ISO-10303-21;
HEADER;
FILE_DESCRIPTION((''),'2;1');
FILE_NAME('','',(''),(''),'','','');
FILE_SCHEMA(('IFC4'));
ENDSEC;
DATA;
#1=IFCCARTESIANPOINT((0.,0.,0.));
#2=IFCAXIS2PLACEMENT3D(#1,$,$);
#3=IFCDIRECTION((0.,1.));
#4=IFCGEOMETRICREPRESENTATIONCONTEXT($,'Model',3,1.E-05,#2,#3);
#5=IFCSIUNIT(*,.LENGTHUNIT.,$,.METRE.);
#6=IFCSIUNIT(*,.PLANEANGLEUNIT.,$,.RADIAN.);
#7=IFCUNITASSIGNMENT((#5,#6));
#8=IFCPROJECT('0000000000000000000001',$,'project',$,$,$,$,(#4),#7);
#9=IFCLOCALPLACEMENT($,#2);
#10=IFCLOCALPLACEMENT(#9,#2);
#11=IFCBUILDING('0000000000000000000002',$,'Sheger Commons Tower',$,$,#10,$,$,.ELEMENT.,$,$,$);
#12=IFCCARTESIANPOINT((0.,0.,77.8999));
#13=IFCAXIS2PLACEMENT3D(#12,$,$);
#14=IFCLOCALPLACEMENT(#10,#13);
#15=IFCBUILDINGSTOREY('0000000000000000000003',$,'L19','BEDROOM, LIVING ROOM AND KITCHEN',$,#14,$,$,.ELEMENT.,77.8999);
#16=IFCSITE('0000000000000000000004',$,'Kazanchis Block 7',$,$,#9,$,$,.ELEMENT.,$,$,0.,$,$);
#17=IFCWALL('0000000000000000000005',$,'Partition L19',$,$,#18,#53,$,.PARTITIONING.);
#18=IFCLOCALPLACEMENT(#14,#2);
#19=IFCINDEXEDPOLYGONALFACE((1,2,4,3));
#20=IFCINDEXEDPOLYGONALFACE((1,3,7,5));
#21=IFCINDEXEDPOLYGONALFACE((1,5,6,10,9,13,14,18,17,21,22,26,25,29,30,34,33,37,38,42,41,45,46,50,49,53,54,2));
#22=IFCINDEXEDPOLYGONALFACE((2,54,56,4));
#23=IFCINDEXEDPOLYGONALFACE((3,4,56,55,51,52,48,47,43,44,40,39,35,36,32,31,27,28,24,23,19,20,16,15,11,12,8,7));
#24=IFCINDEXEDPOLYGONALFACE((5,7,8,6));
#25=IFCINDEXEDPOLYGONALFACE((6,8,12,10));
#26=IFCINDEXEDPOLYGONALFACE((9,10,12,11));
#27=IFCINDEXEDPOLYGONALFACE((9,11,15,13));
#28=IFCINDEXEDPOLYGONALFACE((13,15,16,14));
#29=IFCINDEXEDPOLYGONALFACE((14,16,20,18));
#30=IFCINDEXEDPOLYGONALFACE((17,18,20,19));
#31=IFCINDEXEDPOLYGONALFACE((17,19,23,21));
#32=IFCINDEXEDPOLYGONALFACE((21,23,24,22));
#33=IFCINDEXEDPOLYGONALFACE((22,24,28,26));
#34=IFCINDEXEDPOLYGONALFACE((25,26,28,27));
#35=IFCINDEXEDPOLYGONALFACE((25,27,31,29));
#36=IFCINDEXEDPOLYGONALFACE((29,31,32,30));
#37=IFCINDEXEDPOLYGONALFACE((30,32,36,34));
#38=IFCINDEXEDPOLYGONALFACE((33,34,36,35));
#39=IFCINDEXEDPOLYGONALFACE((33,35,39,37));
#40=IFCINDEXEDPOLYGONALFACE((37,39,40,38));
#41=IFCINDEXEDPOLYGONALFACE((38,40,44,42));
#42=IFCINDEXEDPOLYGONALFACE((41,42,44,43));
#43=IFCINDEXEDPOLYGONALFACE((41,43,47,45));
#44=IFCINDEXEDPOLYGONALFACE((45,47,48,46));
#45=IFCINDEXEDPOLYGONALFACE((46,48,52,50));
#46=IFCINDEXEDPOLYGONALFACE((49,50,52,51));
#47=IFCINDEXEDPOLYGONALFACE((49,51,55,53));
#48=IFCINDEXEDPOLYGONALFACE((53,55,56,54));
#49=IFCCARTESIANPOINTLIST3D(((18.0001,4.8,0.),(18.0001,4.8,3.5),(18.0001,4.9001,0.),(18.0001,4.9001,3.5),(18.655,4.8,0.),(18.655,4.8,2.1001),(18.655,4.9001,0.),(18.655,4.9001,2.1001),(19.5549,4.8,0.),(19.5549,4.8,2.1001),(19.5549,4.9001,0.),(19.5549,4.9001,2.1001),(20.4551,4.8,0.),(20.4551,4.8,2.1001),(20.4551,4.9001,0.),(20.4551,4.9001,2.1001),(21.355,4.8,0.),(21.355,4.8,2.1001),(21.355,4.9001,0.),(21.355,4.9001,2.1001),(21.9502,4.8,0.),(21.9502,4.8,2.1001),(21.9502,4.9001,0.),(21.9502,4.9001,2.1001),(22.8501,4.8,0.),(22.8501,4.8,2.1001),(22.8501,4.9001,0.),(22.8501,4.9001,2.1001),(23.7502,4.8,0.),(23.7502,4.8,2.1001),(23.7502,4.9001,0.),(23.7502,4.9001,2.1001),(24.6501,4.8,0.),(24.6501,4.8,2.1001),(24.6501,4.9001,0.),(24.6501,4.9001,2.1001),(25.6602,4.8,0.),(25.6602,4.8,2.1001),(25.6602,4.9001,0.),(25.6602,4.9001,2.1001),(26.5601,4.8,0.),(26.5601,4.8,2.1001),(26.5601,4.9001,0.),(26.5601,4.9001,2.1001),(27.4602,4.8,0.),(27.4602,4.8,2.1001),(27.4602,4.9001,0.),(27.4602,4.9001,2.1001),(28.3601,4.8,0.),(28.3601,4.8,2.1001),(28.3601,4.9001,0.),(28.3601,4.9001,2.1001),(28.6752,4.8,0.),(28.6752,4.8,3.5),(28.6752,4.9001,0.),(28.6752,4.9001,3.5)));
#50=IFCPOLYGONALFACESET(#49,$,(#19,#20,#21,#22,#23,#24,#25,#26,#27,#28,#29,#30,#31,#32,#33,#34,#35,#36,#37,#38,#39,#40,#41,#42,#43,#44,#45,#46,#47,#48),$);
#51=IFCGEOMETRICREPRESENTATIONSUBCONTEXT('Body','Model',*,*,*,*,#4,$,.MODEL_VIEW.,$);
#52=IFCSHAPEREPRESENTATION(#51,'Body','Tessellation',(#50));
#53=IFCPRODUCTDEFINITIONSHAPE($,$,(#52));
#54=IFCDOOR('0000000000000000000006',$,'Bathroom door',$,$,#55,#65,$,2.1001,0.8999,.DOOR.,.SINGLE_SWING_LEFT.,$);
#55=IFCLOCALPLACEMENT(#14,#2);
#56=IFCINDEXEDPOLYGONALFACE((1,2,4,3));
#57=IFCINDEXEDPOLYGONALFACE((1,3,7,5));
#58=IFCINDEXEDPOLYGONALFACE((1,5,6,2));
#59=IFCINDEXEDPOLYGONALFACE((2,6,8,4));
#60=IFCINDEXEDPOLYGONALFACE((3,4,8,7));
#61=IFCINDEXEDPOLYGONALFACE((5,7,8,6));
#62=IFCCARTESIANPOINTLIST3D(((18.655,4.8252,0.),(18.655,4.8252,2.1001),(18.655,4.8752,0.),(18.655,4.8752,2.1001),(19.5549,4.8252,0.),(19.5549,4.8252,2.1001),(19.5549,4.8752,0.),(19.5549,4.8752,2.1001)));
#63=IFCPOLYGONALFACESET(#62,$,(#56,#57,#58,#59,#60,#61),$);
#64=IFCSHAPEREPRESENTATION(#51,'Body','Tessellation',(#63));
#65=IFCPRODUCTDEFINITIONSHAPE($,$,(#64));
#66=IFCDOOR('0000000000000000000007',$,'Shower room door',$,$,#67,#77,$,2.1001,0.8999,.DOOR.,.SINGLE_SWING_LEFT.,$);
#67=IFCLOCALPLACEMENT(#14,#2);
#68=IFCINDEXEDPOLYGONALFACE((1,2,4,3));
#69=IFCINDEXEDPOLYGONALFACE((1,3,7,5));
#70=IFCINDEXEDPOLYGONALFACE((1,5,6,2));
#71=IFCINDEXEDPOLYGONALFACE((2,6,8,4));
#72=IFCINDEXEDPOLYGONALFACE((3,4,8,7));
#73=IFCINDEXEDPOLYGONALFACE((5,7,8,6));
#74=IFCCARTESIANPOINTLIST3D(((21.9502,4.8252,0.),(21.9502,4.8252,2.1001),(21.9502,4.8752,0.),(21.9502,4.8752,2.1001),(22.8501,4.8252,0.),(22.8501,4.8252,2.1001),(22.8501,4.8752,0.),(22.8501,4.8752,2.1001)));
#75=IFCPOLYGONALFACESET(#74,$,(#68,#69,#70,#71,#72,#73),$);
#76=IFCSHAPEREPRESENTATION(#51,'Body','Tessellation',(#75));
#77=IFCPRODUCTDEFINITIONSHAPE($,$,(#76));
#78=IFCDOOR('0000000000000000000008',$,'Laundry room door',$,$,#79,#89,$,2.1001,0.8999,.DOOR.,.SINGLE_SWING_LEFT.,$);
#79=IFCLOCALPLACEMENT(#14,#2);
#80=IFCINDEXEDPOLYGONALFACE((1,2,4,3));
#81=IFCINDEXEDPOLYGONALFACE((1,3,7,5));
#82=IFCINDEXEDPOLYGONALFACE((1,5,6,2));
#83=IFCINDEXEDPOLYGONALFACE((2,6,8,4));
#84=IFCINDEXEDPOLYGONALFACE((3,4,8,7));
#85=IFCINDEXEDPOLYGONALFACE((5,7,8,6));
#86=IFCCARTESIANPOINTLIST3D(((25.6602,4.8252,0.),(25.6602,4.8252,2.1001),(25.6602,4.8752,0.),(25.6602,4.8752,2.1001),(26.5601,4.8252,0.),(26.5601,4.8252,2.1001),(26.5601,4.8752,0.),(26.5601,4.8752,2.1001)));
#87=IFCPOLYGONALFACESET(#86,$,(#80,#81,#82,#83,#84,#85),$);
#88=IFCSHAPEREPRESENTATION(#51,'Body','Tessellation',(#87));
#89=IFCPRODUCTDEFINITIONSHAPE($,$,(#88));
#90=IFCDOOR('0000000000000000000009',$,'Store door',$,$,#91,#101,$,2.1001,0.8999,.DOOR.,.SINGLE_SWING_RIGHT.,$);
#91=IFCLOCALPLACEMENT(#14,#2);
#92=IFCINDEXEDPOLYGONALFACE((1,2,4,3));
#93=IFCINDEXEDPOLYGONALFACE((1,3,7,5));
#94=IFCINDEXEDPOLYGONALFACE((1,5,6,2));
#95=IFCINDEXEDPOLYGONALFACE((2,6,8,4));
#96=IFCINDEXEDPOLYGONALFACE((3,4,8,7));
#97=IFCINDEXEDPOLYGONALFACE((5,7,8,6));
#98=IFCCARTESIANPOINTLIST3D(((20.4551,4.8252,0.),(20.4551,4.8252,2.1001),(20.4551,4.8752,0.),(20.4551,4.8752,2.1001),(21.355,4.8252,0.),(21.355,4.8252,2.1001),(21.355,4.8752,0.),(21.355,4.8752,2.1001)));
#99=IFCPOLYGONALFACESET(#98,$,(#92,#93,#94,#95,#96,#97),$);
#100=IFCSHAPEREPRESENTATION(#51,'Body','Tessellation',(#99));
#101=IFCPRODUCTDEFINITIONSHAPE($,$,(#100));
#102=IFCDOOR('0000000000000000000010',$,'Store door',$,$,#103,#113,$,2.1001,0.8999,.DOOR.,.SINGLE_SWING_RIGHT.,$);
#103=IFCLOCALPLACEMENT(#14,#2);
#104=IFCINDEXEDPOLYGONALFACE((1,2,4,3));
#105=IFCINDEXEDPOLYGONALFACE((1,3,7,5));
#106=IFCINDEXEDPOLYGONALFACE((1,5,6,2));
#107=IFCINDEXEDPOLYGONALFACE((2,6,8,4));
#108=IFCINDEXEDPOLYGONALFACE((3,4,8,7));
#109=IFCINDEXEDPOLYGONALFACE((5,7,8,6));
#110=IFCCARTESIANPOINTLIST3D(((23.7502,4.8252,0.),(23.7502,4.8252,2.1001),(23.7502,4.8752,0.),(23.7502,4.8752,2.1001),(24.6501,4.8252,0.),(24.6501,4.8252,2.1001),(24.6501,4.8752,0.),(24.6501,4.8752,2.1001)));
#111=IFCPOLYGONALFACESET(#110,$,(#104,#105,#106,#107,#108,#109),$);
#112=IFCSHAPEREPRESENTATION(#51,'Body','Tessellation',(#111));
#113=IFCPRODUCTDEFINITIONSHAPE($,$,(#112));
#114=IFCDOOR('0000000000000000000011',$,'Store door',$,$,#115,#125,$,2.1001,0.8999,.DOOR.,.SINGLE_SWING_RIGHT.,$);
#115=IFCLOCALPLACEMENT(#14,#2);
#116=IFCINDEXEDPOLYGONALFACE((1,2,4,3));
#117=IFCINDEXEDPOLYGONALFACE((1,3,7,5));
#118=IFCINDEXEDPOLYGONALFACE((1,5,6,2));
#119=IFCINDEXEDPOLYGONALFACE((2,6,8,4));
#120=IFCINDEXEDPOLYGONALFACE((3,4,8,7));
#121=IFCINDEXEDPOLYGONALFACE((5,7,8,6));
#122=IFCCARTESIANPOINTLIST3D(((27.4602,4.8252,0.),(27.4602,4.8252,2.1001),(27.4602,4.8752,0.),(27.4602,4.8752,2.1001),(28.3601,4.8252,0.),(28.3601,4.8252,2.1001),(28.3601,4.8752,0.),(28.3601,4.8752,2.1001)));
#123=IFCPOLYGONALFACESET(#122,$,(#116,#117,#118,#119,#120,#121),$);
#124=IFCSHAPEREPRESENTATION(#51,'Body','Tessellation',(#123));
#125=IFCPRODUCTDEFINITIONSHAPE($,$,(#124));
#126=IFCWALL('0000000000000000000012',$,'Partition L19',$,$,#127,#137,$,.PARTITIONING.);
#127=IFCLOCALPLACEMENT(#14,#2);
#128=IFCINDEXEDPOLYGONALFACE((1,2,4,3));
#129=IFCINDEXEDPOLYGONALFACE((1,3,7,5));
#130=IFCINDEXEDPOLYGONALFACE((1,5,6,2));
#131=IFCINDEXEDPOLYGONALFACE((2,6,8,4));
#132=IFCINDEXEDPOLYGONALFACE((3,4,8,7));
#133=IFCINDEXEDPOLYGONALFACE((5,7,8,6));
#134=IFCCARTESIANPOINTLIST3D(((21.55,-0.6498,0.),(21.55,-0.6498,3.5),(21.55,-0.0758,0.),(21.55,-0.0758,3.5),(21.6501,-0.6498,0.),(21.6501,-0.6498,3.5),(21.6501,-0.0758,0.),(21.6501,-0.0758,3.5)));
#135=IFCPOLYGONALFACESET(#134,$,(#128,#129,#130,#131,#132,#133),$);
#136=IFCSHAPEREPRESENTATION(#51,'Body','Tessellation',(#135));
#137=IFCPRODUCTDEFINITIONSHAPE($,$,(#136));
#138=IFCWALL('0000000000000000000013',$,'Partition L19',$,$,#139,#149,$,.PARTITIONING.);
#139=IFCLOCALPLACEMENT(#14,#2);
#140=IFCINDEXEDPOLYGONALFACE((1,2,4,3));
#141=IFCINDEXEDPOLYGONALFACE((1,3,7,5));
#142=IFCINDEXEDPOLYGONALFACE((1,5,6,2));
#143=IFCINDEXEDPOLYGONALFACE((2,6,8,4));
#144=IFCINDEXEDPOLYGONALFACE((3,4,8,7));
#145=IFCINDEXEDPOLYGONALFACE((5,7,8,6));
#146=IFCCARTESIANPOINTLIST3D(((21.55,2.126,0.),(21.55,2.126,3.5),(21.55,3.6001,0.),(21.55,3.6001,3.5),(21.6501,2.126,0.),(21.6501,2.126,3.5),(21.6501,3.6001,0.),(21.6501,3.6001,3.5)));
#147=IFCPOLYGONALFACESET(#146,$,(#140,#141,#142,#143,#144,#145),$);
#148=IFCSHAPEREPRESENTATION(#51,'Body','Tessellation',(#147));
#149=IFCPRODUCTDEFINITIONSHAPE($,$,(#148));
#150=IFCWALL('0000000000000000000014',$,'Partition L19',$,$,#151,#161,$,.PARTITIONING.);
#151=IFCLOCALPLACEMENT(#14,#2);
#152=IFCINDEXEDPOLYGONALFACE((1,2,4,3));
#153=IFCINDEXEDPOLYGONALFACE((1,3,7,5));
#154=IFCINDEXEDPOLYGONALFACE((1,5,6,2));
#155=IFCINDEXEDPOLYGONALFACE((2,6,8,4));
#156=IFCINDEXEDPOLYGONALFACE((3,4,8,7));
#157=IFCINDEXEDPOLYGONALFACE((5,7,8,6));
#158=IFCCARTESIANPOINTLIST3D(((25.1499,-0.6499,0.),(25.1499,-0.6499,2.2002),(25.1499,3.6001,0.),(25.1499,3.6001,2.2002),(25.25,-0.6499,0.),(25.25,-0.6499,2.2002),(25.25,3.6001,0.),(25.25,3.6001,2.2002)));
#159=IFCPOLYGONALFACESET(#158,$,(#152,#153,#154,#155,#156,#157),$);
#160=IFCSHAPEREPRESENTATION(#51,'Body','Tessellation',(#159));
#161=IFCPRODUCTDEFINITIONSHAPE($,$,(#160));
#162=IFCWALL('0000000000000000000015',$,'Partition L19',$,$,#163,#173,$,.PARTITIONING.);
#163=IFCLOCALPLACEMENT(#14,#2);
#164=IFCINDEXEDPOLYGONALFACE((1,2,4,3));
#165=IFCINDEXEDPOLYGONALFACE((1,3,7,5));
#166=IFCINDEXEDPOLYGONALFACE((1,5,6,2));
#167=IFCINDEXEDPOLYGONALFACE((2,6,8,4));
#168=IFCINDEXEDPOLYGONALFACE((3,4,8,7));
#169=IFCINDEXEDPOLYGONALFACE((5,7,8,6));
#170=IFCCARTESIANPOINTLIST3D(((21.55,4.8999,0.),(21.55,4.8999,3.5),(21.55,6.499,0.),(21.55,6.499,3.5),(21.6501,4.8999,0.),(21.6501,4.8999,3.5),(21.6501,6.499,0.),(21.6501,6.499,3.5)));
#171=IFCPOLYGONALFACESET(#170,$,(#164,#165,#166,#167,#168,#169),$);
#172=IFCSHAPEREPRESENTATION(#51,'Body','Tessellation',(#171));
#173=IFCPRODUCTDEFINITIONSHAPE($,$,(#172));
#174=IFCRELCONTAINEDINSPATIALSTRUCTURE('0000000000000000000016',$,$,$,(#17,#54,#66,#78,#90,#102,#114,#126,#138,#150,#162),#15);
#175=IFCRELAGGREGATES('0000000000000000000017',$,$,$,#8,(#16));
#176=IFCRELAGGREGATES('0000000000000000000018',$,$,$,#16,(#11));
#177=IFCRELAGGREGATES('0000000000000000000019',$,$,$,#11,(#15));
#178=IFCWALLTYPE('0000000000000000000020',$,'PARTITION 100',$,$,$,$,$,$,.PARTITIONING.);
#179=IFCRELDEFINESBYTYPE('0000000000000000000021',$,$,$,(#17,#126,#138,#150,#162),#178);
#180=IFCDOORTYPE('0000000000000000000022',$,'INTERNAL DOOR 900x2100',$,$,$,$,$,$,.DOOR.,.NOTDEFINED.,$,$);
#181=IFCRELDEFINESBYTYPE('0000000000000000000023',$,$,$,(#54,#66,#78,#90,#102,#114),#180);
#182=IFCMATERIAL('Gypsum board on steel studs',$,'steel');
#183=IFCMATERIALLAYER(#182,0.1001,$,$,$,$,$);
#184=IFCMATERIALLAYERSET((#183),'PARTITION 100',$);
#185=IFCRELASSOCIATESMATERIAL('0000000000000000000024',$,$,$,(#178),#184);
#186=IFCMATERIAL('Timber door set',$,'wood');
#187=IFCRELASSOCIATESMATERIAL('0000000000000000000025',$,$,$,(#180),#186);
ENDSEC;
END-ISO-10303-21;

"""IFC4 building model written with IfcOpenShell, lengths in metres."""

from ifc_helpers import new_model, si_unit, direction, frame, frame_2d, origin, place, context, subcontext, project, spatial, rectangle, extrude, material, layer, layer_set, type_object, element, fill, save


model = new_model("IFC4")

# Units and contexts
model_context = context("Model", 3, precision=1e-05, world=origin(), true_north=direction((0.0, 1.0)))
body_context = subcontext(model_context, "Body", "Model", "MODEL_VIEW")
ifc_project = project(units=[si_unit("LENGTHUNIT", "METRE"), si_unit("PLANEANGLEUNIT", "RADIAN")], contexts=[model_context])

# Site, building, storey
site_placement = place(None, origin())
site = spatial("IfcSite", under=ifc_project, at=site_placement, Name="Kazanchis Block 7", CompositionType="ELEMENT", RefElevation=0.0)
building_placement = place(site_placement, origin())
building = spatial("IfcBuilding", under=site, at=building_placement, Name="Sheger Commons Tower", CompositionType="ELEMENT")
storey_placement = place(building_placement, frame((0.0, 0.0, 77.8999)))
storey = spatial("IfcBuildingStorey", under=building, at=storey_placement, Name="L19", Description="BEDROOM, LIVING ROOM AND KITCHEN", CompositionType="ELEMENT", Elevation=77.8999)

# Wall, openings, doors
ifc_material_1 = material(Name="Gypsum board on steel studs", Category="steel")
ifc_layer_1 = layer(ifc_material_1, 0.1001)
ifc_layer_set_1 = layer_set([ifc_layer_1], Name="PARTITION 100")
wall_type = type_object("IfcWallType", Name="PARTITION 100", PredefinedType="PARTITIONING", material=ifc_layer_set_1)
ifc_material_2 = material(Name="Timber door set", Category="wood")
door_type = type_object("IfcDoorType", Name="INTERNAL DOOR 900x2100", OperationType="NOTDEFINED", PredefinedType="DOOR", material=ifc_material_2)
wall_1_placement = place(storey_placement, frame((28.675, 4.8501, 0.0), z_axis=(0.0, 0.0, 1.0), x_axis=(-1.0, 0.0, 0.0)))
wall_1 = element("IfcWall", 1, at=wall_1_placement, inside=storey, type_object=wall_type, Name="Partition L19", PredefinedType="PARTITIONING", context=body_context, shape_type="SweptSolid", body=[
    extrude(rectangle(XDim=10.675, YDim=0.1001, at=frame_2d((5.3374, 0.0))), origin(), (0.0, 0.0, 1.0), 3.5),
])
opening_1_placement = place(wall_1_placement, frame((9.1201, 0.0, 0.0)))
opening_1 = element("IfcOpeningElement", 2, at=opening_1_placement, cuts=wall_1, PredefinedType="OPENING", context=body_context, shape_type="SweptSolid", body=[
    extrude(rectangle(XDim=0.8999, YDim=2.1001, at=frame_2d((0.45, 1.05))), frame((0.0, 0.0601, 0.0), z_axis=(0.0, -1.0, 0.0), x_axis=(1.0, 0.0, 0.0)), (0.0, 0.0, 1.0), 0.1201),
])
opening_2_placement = place(wall_1_placement, frame((5.825, 0.0, 0.0)))
opening_2 = element("IfcOpeningElement", 3, at=opening_2_placement, cuts=wall_1, PredefinedType="OPENING", context=body_context, shape_type="SweptSolid", body=[
    extrude(rectangle(XDim=0.8999, YDim=2.1001, at=frame_2d((0.45, 1.05))), frame((0.0, 0.0601, 0.0), z_axis=(0.0, -1.0, 0.0), x_axis=(1.0, 0.0, 0.0)), (0.0, 0.0, 1.0), 0.1201),
])
opening_3_placement = place(wall_1_placement, frame((2.115, 0.0, 0.0)))
opening_3 = element("IfcOpeningElement", 4, at=opening_3_placement, cuts=wall_1, PredefinedType="OPENING", context=body_context, shape_type="SweptSolid", body=[
    extrude(rectangle(XDim=0.8999, YDim=2.1001, at=frame_2d((0.45, 1.05))), frame((0.0, 0.0601, 0.0), z_axis=(0.0, -1.0, 0.0), x_axis=(1.0, 0.0, 0.0)), (0.0, 0.0, 1.0), 0.1201),
])
opening_4_placement = place(wall_1_placement, frame((7.3201, 0.0, 0.0)))
opening_4 = element("IfcOpeningElement", 5, at=opening_4_placement, cuts=wall_1, PredefinedType="OPENING", context=body_context, shape_type="SweptSolid", body=[
    extrude(rectangle(XDim=0.8999, YDim=2.1001, at=frame_2d((0.45, 1.05))), frame((0.0, 0.0601, 0.0), z_axis=(0.0, -1.0, 0.0), x_axis=(1.0, 0.0, 0.0)), (0.0, 0.0, 1.0), 0.1201),
])
opening_5_placement = place(wall_1_placement, frame((4.0249, 0.0, 0.0)))
opening_5 = element("IfcOpeningElement", 6, at=opening_5_placement, cuts=wall_1, PredefinedType="OPENING", context=body_context, shape_type="SweptSolid", body=[
    extrude(rectangle(XDim=0.8999, YDim=2.1001, at=frame_2d((0.45, 1.05))), frame((0.0, 0.0601, 0.0), z_axis=(0.0, -1.0, 0.0), x_axis=(1.0, 0.0, 0.0)), (0.0, 0.0, 1.0), 0.1201),
])
opening_6_placement = place(wall_1_placement, frame((0.3149, 0.0, 0.0)))
opening_6 = element("IfcOpeningElement", 7, at=opening_6_placement, cuts=wall_1, PredefinedType="OPENING", context=body_context, shape_type="SweptSolid", body=[
    extrude(rectangle(XDim=0.8999, YDim=2.1001, at=frame_2d((0.45, 1.05))), frame((0.0, 0.0601, 0.0), z_axis=(0.0, -1.0, 0.0), x_axis=(1.0, 0.0, 0.0)), (0.0, 0.0, 1.0), 0.1201),
])
door_1_placement = place(opening_1_placement, origin())
door_1 = element("IfcDoor", 8, at=door_1_placement, inside=storey, type_object=door_type, Name="Bathroom door", OperationType="SINGLE_SWING_LEFT", OverallHeight=2.1001, OverallWidth=0.8999, PredefinedType="DOOR", context=body_context, shape_type="SweptSolid", body=[
    extrude(rectangle(XDim=0.8999, YDim=2.1001, at=frame_2d((0.45, 1.05))), frame((0.0, 0.0249, 0.0), z_axis=(0.0, -1.0, 0.0), x_axis=(1.0, 0.0, 0.0)), (0.0, 0.0, 1.0), 0.05),
])
fill(opening_1, door_1)
door_2_placement = place(opening_2_placement, origin())
door_2 = element("IfcDoor", 9, at=door_2_placement, inside=storey, type_object=door_type, Name="Shower room door", OperationType="SINGLE_SWING_LEFT", OverallHeight=2.1001, OverallWidth=0.8999, PredefinedType="DOOR", context=body_context, shape_type="SweptSolid", body=[
    extrude(rectangle(XDim=0.8999, YDim=2.1001, at=frame_2d((0.45, 1.05))), frame((0.0, 0.0249, 0.0), z_axis=(0.0, -1.0, 0.0), x_axis=(1.0, 0.0, 0.0)), (0.0, 0.0, 1.0), 0.05),
])
fill(opening_2, door_2)
door_3_placement = place(opening_3_placement, origin())
door_3 = element("IfcDoor", 10, at=door_3_placement, inside=storey, type_object=door_type, Name="Laundry room door", OperationType="SINGLE_SWING_LEFT", OverallHeight=2.1001, OverallWidth=0.8999, PredefinedType="DOOR", context=body_context, shape_type="SweptSolid", body=[
    extrude(rectangle(XDim=0.8999, YDim=2.1001, at=frame_2d((0.45, 1.05))), frame((0.0, 0.0249, 0.0), z_axis=(0.0, -1.0, 0.0), x_axis=(1.0, 0.0, 0.0)), (0.0, 0.0, 1.0), 0.05),
])
fill(opening_3, door_3)
door_4_placement = place(opening_4_placement, origin())
door_4 = element("IfcDoor", 11, at=door_4_placement, inside=storey, type_object=door_type, Name="Store door", OperationType="SINGLE_SWING_RIGHT", OverallHeight=2.1001, OverallWidth=0.8999, PredefinedType="DOOR", context=body_context, shape_type="SweptSolid", body=[
    extrude(rectangle(XDim=0.8999, YDim=2.1001, at=frame_2d((0.45, 1.05))), frame((0.0, 0.0249, 0.0), z_axis=(0.0, -1.0, 0.0), x_axis=(1.0, 0.0, 0.0)), (0.0, 0.0, 1.0), 0.05),
])
fill(opening_4, door_4)
door_5_placement = place(opening_5_placement, origin())
door_5 = element("IfcDoor", 12, at=door_5_placement, inside=storey, type_object=door_type, Name="Store door", OperationType="SINGLE_SWING_RIGHT", OverallHeight=2.1001, OverallWidth=0.8999, PredefinedType="DOOR", context=body_context, shape_type="SweptSolid", body=[
    extrude(rectangle(XDim=0.8999, YDim=2.1001, at=frame_2d((0.45, 1.05))), frame((0.0, 0.0249, 0.0), z_axis=(0.0, -1.0, 0.0), x_axis=(1.0, 0.0, 0.0)), (0.0, 0.0, 1.0), 0.05),
])
fill(opening_5, door_5)
door_6_placement = place(opening_6_placement, origin())
door_6 = element("IfcDoor", 13, at=door_6_placement, inside=storey, type_object=door_type, Name="Store door", OperationType="SINGLE_SWING_RIGHT", OverallHeight=2.1001, OverallWidth=0.8999, PredefinedType="DOOR", context=body_context, shape_type="SweptSolid", body=[
    extrude(rectangle(XDim=0.8999, YDim=2.1001, at=frame_2d((0.45, 1.05))), frame((0.0, 0.0249, 0.0), z_axis=(0.0, -1.0, 0.0), x_axis=(1.0, 0.0, 0.0)), (0.0, 0.0, 1.0), 0.05),
])
fill(opening_6, door_6)

# Walls
wall_2_placement = place(storey_placement, frame((21.6001, -0.6499, 0.0), z_axis=(0.0, 0.0, 1.0), x_axis=(0.0, 1.0, 0.0)))
element("IfcWall", 14, at=wall_2_placement, inside=storey, type_object=wall_type, Name="Partition L19", PredefinedType="PARTITIONING", context=body_context, shape_type="SweptSolid", body=[
    extrude(rectangle(XDim=0.574, YDim=0.1001, at=frame_2d((0.2871, 0.0))), origin(), (0.0, 0.0, 1.0), 3.5),
])
wall_3_placement = place(storey_placement, frame((21.6001, 2.126, 0.0), z_axis=(0.0, 0.0, 1.0), x_axis=(0.0, 1.0, 0.0)))
element("IfcWall", 15, at=wall_3_placement, inside=storey, type_object=wall_type, Name="Partition L19", PredefinedType="PARTITIONING", context=body_context, shape_type="SweptSolid", body=[
    extrude(rectangle(XDim=1.4741, YDim=0.1001, at=frame_2d((0.7371, 0.0))), origin(), (0.0, 0.0, 1.0), 3.5),
])
wall_4_placement = place(storey_placement, frame((25.2, -0.6499, 0.0), z_axis=(0.0, 0.0, 1.0), x_axis=(0.0, 1.0, 0.0)))
element("IfcWall", 16, at=wall_4_placement, inside=storey, type_object=wall_type, Name="Partition L19", PredefinedType="PARTITIONING", context=body_context, shape_type="SweptSolid", body=[
    extrude(rectangle(XDim=4.25, YDim=0.1001, at=frame_2d((2.125, 0.0))), origin(), (0.0, 0.0, 1.0), 2.2002),
])
wall_5_placement = place(storey_placement, frame((21.6001, 4.8999, 0.0), z_axis=(0.0, 0.0, 1.0), x_axis=(0.0, 1.0, 0.0)))
element("IfcWall", 17, at=wall_5_placement, inside=storey, type_object=wall_type, Name="Partition L19", PredefinedType="PARTITIONING", context=body_context, shape_type="SweptSolid", body=[
    extrude(rectangle(XDim=1.5991, YDim=0.1001, at=frame_2d((0.7996, 0.0))), origin(), (0.0, 0.0, 1.0), 3.5),
])

save(model, "model.ifc")
